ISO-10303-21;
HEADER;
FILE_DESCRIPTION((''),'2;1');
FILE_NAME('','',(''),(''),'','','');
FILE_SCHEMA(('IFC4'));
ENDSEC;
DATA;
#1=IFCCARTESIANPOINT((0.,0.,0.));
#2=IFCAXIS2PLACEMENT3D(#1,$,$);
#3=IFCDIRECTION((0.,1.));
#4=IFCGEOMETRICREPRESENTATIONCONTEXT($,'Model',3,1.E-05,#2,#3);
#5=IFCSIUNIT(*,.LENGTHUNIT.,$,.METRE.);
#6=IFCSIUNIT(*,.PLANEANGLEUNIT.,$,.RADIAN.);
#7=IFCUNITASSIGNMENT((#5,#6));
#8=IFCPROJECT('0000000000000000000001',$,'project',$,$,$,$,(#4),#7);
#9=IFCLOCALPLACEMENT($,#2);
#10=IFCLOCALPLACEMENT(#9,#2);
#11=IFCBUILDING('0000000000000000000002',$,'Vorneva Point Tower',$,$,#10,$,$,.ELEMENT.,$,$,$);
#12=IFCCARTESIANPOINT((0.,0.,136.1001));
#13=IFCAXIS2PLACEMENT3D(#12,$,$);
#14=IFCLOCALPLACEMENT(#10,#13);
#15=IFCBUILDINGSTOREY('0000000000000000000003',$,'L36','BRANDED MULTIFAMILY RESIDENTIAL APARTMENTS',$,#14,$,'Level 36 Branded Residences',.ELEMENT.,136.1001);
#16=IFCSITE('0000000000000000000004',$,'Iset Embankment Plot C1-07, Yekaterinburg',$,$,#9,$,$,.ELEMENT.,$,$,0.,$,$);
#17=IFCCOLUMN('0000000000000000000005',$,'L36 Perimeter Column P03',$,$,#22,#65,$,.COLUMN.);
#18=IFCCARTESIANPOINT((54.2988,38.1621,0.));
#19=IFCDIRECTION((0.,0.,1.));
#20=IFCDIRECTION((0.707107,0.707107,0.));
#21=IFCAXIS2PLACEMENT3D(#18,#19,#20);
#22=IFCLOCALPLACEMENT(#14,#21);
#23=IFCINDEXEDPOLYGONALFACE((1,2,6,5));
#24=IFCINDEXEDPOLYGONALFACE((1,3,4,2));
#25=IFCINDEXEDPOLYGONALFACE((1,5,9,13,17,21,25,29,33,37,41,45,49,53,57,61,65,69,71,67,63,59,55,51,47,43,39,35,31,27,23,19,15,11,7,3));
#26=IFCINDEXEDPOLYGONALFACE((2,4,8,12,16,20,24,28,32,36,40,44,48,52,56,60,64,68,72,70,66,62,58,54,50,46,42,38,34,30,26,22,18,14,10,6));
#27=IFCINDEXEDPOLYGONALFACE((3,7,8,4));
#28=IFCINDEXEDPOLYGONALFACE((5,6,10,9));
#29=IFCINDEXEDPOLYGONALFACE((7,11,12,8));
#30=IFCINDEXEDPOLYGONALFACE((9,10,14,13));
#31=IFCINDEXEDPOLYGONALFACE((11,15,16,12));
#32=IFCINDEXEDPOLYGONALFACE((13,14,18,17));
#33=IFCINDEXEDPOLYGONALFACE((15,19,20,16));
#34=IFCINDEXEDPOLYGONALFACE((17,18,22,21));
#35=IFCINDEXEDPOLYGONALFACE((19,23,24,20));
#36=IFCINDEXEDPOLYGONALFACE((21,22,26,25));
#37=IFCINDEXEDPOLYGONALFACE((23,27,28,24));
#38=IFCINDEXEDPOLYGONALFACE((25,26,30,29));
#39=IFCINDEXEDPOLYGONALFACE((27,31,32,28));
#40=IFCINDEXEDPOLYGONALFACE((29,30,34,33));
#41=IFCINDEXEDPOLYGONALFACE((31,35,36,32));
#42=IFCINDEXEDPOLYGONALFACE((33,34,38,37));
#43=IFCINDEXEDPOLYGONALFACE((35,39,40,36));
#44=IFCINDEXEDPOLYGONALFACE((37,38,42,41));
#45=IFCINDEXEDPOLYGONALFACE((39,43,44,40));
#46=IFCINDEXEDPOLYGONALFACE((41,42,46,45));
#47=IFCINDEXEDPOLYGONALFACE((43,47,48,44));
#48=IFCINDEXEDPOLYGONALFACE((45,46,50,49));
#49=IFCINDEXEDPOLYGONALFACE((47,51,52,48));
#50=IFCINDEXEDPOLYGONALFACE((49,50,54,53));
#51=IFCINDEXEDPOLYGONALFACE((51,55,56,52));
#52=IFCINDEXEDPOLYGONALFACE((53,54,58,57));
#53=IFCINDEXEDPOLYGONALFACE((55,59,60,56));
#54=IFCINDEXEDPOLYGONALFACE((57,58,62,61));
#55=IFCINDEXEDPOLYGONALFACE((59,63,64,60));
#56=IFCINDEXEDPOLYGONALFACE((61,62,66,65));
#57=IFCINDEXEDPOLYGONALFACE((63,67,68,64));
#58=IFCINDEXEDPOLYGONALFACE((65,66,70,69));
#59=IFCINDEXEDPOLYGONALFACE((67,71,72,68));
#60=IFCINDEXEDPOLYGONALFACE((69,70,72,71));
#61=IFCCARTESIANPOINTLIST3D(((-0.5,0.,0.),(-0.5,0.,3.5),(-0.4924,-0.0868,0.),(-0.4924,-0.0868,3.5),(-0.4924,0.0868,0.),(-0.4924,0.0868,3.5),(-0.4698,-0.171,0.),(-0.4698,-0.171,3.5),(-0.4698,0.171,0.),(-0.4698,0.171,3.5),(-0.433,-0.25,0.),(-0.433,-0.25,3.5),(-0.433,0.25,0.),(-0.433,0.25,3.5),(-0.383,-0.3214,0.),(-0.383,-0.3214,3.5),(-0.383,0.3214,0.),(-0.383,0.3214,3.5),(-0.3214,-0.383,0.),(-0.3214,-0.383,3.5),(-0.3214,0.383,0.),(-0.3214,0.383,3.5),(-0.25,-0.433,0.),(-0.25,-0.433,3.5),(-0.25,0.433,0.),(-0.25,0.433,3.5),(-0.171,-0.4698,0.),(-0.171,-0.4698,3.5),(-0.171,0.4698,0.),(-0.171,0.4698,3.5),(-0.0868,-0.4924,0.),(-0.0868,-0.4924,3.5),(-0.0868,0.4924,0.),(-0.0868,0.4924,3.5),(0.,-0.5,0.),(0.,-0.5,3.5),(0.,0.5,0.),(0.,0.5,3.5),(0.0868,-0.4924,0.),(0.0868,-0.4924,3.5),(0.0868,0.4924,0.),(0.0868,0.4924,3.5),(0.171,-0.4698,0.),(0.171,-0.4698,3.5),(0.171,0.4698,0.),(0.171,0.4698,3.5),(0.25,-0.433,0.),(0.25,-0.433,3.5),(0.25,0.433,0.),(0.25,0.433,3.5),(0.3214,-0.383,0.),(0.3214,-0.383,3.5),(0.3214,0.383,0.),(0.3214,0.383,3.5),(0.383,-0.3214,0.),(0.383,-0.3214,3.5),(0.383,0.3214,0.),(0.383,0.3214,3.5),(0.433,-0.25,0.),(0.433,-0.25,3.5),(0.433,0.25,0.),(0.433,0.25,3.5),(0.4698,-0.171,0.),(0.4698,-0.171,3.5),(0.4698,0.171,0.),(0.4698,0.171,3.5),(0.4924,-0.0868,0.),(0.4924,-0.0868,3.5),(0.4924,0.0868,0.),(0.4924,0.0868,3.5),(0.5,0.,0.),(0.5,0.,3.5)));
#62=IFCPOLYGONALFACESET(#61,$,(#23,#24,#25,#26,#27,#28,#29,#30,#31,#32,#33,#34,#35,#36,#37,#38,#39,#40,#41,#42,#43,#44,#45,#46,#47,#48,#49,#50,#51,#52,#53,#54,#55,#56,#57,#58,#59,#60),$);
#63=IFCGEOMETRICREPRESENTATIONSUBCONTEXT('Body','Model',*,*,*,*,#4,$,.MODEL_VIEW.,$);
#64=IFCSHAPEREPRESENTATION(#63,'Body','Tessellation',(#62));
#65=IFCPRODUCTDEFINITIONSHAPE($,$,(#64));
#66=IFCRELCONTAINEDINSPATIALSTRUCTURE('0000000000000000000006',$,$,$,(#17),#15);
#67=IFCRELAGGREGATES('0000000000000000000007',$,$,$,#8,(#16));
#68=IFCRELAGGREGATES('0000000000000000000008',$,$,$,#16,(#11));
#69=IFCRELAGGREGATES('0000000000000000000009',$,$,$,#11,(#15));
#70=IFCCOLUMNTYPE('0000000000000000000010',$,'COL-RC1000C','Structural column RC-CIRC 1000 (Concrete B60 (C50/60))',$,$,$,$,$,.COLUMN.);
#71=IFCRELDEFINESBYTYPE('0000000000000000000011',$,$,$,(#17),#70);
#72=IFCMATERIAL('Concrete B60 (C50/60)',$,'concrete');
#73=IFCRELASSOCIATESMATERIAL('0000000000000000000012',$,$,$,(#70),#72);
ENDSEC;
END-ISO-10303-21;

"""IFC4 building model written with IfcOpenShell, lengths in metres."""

from ifc_helpers import new_model, si_unit, direction, frame, origin, origin_2d, place, context, subcontext, project, spatial, circle, extrude, material, material_profile, profile_set, type_object, element, save


model = new_model("IFC4")

# Units and contexts
model_context = context("Model", 3, precision=1e-05, world=origin(), true_north=direction((0.0, 1.0)))
body_context = subcontext(model_context, "Body", "Model", "MODEL_VIEW")
ifc_project = project(units=[si_unit("LENGTHUNIT", "METRE"), si_unit("PLANEANGLEUNIT", "RADIAN")], contexts=[model_context])

# Site, building, storey
site_placement = place(None, origin())
site = spatial("IfcSite", under=ifc_project, at=site_placement, Name="Iset Embankment Plot C1-07, Yekaterinburg", CompositionType="ELEMENT", RefElevation=0.0)
building_placement = place(site_placement, origin())
building = spatial("IfcBuilding", under=site, at=building_placement, Name="Vorneva Point Tower", CompositionType="ELEMENT")
storey_placement = place(building_placement, frame((0.0, 0.0, 136.1001)))
storey = spatial("IfcBuildingStorey", under=building, at=storey_placement, Name="L36", Description="BRANDED MULTIFAMILY RESIDENTIAL APARTMENTS", LongName="Level 36 Branded Residences", CompositionType="ELEMENT", Elevation=136.1001)

# Column
ifc_material_1 = material(Name="Concrete B60 (C50/60)", Category="concrete")
ifc_material_profile_1 = material_profile(ifc_material_1, circle(Radius=0.5, at=origin_2d()), Name="RC-CIRC 1000")
ifc_profile_set_1 = profile_set([ifc_material_profile_1], Name="Concrete B60 (C50/60)")
column_type = type_object("IfcColumnType", Name="COL-RC1000C", Description="Structural column RC-CIRC 1000 (Concrete B60 (C50/60))", PredefinedType="COLUMN", material=ifc_profile_set_1)
column_placement = place(storey_placement, frame((54.2988, 38.1621, 0.0), z_axis=(0.0, 0.0, 1.0), x_axis=(0.707107, 0.707107, 0.0)))
element("IfcColumn", 1, at=column_placement, inside=storey, type_object=column_type, Name="L36 Perimeter Column P03", PredefinedType="COLUMN", context=body_context, shape_type="SweptSolid", body=[
    extrude(circle(Radius=0.5, at=origin_2d()), origin(), (0.0, 0.0, 1.0), 3.5),
])

save(model, "model.ifc")
